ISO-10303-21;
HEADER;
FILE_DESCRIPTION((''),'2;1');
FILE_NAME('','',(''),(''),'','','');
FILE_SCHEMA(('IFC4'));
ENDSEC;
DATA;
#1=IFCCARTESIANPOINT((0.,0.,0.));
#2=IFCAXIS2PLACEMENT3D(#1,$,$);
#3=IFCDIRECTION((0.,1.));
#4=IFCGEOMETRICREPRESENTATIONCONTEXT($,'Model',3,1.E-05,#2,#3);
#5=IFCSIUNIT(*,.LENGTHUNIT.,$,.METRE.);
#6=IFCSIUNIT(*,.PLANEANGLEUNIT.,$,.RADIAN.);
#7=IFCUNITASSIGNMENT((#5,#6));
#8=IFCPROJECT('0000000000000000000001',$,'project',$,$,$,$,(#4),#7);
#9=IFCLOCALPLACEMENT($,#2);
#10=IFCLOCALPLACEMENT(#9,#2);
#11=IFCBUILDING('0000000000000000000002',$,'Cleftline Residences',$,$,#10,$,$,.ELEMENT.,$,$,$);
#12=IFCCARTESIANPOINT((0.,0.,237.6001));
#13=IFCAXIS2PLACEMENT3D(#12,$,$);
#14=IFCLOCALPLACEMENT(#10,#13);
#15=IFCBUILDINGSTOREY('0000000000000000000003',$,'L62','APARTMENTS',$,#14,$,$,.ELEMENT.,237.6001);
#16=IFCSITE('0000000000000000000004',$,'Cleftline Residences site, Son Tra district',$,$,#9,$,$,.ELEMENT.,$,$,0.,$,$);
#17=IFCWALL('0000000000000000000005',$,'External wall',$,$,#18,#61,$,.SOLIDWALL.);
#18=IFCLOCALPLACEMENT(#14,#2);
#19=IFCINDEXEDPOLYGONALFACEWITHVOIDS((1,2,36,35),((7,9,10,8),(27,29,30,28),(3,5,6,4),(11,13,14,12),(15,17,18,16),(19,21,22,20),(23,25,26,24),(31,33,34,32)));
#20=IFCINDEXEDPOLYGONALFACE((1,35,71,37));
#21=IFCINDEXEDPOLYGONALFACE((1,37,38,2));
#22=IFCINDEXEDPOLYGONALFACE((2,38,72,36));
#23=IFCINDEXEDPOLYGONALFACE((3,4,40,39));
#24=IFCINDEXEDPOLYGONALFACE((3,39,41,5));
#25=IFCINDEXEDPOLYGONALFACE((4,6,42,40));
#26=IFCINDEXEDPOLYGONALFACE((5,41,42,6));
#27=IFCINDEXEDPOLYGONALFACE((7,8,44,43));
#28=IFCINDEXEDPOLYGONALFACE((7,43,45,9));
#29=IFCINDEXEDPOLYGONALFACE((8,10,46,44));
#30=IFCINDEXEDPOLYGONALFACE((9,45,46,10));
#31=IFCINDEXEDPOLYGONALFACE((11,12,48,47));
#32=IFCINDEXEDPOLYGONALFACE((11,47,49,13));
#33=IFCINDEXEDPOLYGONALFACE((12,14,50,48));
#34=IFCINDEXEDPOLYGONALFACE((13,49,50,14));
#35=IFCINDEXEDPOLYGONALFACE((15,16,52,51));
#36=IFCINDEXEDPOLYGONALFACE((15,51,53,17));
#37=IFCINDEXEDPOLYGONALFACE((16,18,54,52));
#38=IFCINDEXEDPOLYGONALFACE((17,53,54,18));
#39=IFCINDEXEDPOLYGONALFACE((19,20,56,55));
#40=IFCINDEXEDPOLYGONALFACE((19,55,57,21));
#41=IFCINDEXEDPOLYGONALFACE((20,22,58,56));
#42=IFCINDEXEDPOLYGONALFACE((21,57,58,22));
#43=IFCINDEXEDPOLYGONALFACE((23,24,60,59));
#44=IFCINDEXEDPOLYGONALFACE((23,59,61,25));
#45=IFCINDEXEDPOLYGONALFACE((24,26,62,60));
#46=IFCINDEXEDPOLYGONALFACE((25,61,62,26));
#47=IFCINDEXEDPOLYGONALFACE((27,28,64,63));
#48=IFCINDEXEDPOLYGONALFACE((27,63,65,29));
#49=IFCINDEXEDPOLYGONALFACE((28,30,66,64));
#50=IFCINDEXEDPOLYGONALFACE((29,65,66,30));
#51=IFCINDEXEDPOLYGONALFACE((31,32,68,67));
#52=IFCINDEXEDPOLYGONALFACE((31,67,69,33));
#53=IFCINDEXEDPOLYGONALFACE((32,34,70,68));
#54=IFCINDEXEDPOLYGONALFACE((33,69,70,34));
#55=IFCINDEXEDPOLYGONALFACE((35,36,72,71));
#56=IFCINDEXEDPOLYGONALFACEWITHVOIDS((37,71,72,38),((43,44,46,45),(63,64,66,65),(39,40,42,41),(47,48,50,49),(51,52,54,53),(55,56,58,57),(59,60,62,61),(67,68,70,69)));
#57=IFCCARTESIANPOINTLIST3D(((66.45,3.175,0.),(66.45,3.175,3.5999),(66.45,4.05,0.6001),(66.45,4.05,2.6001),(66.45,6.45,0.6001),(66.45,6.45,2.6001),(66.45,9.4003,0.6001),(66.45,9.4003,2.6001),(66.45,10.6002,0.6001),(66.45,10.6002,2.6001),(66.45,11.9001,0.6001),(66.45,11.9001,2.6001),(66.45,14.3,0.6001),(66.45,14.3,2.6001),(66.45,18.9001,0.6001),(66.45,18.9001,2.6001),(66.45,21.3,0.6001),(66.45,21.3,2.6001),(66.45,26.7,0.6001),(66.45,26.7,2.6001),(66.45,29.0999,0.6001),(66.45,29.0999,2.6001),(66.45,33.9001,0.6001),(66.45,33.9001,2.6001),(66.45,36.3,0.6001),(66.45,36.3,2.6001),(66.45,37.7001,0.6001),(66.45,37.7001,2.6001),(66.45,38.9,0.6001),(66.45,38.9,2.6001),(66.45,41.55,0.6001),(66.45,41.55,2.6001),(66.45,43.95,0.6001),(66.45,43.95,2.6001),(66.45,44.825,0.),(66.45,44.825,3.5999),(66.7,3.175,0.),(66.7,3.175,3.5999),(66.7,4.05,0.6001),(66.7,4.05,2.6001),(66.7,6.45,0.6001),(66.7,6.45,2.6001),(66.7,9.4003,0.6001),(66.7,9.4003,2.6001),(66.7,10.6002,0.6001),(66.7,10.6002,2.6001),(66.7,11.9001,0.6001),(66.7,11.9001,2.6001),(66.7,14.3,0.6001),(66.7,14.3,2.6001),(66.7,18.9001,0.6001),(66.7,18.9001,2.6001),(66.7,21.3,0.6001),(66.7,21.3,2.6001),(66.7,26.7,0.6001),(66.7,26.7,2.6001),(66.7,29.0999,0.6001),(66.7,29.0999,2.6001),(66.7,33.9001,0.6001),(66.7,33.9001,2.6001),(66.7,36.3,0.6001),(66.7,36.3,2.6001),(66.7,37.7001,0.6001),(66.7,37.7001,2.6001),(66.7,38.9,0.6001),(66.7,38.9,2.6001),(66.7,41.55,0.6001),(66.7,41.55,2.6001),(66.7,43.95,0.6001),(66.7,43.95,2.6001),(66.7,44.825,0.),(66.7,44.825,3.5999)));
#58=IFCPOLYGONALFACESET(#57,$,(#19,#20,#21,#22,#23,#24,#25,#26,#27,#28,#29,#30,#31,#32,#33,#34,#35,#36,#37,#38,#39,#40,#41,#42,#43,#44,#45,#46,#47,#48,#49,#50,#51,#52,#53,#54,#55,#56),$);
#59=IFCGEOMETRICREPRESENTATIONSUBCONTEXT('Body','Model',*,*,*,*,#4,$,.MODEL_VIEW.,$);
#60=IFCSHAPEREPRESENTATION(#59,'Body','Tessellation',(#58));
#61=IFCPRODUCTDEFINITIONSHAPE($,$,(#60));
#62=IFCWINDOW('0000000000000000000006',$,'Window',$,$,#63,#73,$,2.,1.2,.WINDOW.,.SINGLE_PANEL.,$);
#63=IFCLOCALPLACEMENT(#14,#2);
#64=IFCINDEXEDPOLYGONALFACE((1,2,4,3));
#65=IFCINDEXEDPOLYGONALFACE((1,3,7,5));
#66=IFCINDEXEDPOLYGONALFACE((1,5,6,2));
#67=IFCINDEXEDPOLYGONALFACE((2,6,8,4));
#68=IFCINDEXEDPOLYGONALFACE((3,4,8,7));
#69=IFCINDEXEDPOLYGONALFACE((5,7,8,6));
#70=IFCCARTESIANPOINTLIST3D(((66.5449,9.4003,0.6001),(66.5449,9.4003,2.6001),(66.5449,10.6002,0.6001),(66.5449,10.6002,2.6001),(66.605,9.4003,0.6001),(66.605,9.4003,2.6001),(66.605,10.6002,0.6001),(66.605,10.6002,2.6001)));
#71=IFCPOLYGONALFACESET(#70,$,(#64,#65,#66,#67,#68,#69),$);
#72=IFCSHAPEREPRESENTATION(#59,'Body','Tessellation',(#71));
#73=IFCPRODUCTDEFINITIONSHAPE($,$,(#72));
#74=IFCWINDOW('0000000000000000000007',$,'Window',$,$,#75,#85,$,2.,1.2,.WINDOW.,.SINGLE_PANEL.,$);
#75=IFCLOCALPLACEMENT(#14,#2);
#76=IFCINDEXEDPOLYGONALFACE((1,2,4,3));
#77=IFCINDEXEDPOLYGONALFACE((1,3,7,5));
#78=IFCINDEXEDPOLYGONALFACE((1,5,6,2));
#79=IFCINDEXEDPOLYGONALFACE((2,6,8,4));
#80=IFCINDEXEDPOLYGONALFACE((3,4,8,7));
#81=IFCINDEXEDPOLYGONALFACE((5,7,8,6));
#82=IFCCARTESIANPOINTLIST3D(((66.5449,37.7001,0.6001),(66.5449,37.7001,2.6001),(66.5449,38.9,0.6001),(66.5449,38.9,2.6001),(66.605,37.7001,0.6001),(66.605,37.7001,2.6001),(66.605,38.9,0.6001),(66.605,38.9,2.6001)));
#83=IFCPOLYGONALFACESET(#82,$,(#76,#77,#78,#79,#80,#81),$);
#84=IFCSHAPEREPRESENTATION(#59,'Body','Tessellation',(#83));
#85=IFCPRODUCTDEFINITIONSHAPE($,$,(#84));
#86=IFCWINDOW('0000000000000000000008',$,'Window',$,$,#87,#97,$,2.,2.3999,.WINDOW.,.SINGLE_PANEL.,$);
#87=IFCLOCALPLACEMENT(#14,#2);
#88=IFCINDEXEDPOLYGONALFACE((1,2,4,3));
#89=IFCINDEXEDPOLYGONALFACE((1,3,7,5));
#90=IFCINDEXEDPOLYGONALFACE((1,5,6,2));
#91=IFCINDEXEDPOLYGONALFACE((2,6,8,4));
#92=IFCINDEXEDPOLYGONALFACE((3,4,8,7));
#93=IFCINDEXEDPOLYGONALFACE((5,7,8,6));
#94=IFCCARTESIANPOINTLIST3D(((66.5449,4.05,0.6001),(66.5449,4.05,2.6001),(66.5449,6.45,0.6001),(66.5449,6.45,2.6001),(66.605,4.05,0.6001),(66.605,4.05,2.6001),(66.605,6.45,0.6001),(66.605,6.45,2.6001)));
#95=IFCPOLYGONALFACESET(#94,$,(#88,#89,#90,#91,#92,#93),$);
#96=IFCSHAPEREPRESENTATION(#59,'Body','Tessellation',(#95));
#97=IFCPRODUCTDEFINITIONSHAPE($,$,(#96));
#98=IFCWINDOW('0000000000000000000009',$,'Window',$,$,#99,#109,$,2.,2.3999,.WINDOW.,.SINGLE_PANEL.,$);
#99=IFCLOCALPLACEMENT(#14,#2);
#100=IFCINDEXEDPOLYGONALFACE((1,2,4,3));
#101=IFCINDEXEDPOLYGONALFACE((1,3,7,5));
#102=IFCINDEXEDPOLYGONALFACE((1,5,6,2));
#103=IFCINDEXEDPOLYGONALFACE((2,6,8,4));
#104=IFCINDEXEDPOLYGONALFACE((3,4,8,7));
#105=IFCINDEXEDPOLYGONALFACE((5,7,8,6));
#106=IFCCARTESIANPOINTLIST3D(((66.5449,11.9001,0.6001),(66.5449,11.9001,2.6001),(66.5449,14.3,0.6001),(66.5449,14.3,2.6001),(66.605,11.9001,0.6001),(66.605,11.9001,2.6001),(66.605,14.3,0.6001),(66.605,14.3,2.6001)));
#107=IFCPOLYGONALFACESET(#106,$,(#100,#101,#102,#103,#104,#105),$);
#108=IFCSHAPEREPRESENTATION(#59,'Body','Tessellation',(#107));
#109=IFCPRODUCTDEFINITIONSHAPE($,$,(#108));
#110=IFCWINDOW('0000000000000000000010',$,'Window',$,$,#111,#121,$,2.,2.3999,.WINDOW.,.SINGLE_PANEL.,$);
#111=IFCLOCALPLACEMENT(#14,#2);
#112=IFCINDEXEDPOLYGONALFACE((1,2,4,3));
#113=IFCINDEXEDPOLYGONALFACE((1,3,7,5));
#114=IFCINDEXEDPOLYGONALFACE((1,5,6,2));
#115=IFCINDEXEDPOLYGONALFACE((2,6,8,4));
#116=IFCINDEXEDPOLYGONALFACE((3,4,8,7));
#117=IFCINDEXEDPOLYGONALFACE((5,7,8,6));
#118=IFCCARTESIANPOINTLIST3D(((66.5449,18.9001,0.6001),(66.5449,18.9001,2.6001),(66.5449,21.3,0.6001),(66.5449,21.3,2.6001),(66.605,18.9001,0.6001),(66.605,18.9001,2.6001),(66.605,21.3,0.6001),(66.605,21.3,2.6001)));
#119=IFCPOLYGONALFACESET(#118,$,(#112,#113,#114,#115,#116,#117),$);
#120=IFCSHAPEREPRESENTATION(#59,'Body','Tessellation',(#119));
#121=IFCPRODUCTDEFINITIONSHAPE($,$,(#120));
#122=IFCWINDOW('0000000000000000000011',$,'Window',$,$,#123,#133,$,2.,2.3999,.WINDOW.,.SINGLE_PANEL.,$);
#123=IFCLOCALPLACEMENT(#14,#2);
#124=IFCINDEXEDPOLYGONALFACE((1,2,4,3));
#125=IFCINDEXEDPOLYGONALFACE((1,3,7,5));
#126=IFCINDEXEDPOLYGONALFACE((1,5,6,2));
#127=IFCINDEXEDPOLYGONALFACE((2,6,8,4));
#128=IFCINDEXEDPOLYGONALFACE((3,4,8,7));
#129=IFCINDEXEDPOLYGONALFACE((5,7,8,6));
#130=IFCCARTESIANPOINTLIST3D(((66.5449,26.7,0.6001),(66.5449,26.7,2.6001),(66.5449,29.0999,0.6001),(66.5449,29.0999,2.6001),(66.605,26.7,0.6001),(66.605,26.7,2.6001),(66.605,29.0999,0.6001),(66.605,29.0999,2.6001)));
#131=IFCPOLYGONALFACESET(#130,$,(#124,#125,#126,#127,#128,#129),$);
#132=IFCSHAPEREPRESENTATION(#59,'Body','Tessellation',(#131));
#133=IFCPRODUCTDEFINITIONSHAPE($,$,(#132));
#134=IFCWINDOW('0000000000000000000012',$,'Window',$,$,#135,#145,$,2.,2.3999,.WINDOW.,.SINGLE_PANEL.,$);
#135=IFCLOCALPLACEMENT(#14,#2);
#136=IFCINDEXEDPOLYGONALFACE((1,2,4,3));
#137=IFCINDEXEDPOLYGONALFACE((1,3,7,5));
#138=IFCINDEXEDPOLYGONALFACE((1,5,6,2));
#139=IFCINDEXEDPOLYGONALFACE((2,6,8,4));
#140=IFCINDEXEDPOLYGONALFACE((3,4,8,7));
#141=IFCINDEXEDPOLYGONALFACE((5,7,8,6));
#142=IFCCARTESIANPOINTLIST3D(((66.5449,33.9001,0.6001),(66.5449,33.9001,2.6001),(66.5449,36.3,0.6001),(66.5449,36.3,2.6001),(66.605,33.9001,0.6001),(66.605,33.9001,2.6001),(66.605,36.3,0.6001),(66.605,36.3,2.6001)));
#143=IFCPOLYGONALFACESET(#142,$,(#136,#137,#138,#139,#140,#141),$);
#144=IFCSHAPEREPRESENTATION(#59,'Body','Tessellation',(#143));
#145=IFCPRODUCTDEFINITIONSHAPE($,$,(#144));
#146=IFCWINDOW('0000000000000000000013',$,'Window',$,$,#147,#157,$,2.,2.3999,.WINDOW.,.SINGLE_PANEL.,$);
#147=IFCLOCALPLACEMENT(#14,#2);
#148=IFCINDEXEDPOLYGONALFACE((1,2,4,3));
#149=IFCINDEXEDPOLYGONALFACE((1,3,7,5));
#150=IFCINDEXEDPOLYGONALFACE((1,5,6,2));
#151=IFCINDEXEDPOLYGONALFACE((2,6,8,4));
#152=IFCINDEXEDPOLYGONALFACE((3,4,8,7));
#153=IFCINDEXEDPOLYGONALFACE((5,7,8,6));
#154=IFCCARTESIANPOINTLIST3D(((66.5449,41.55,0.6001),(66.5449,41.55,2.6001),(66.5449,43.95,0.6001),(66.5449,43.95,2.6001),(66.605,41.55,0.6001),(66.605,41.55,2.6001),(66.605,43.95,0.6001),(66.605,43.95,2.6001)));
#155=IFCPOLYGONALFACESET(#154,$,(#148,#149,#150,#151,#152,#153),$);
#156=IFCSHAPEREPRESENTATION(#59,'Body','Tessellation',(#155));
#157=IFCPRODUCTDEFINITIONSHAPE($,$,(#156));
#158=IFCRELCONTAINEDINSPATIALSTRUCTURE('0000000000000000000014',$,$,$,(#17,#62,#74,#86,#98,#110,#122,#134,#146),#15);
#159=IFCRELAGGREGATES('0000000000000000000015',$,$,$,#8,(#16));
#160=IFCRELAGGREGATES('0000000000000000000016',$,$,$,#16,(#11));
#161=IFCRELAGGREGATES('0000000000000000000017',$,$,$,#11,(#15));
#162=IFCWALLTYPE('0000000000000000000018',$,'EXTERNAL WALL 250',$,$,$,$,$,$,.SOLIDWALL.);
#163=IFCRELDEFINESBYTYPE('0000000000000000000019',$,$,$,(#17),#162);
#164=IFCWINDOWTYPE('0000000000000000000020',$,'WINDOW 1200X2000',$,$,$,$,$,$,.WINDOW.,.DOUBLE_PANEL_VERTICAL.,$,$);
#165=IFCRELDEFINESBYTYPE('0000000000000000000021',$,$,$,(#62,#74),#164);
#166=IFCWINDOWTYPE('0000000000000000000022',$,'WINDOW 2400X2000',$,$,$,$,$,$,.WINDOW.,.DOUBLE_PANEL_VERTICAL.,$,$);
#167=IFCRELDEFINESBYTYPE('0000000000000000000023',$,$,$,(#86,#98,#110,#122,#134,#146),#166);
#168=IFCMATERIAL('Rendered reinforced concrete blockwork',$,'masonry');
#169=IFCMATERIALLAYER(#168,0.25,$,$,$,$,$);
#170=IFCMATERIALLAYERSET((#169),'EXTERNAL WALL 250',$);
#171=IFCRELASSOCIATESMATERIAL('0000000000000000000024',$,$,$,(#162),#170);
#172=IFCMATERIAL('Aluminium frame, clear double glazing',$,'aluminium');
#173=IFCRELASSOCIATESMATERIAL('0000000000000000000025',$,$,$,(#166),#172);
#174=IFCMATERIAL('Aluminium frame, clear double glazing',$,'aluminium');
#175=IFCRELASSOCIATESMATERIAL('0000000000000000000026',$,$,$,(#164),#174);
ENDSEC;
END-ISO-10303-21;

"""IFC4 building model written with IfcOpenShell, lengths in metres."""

from ifc_helpers import new_model, si_unit, direction, frame, frame_2d, origin, place, context, subcontext, project, spatial, rectangle, extrude, material, layer, layer_set, type_object, element, fill, save


model = new_model("IFC4")

# Units and contexts
model_context = context("Model", 3, precision=1e-05, world=origin(), true_north=direction((0.0, 1.0)))
body_context = subcontext(model_context, "Body", "Model", "MODEL_VIEW")
ifc_project = project(units=[si_unit("LENGTHUNIT", "METRE"), si_unit("PLANEANGLEUNIT", "RADIAN")], contexts=[model_context])

# Site, building, storey
site_placement = place(None, origin())
site = spatial("IfcSite", under=ifc_project, at=site_placement, Name="Cleftline Residences site, Son Tra district", CompositionType="ELEMENT", RefElevation=0.0)
building_placement = place(site_placement, origin())
building = spatial("IfcBuilding", under=site, at=building_placement, Name="Cleftline Residences", CompositionType="ELEMENT")
storey_placement = place(building_placement, frame((0.0, 0.0, 237.6001)))
storey = spatial("IfcBuildingStorey", under=building, at=storey_placement, Name="L62", Description="APARTMENTS", CompositionType="ELEMENT", Elevation=237.6001)

# Shared definitions
ifc_material_1 = material(Name="Rendered reinforced concrete blockwork", Category="masonry")
ifc_layer_1 = layer(ifc_material_1, 0.25)
ifc_layer_set_1 = layer_set([ifc_layer_1], Name="EXTERNAL WALL 250")
wall_type_1 = type_object("IfcWallType", Name="EXTERNAL WALL 250", PredefinedType="SOLIDWALL", material=ifc_layer_set_1)
ifc_material_2 = material(Name="Aluminium frame, clear double glazing", Category="aluminium")
window_type_1 = type_object("IfcWindowType", Name="WINDOW 2400X2000", PartitioningType="DOUBLE_PANEL_VERTICAL", PredefinedType="WINDOW", material=ifc_material_2)

# Wall, openings, windows
wall_1_placement = place(storey_placement, frame((66.575, 3.175, 0.0), z_axis=(0.0, 0.0, 1.0), x_axis=(0.0, 1.0, 0.0)))
wall_1 = element("IfcWall", 1, at=wall_1_placement, inside=storey, type_object=wall_type_1, Name="External wall", PredefinedType="SOLIDWALL", context=body_context, shape_type="SweptSolid", body=[
    extrude(rectangle(XDim=41.6499, YDim=0.25, at=frame_2d((20.825, 0.0))), origin(), (0.0, 0.0, 1.0), 3.5999),
])
opening_1_placement = place(wall_1_placement, frame((0.875, 0.0, 0.6001)))
opening_1 = element("IfcOpeningElement", 2, at=opening_1_placement, cuts=wall_1, PredefinedType="OPENING", context=body_context, shape_type="SweptSolid", body=[
    extrude(rectangle(XDim=2.3999, YDim=2.0, at=frame_2d((1.2, 1.0))), frame((0.0, 0.135, 0.0), z_axis=(0.0, -1.0, 0.0), x_axis=(1.0, 0.0, 0.0)), (0.0, 0.0, 1.0), 0.27),
])
opening_2_placement = place(wall_1_placement, frame((6.2251, 0.0, 0.6001)))
opening_2 = element("IfcOpeningElement", 3, at=opening_2_placement, cuts=wall_1, PredefinedType="OPENING", context=body_context, shape_type="SweptSolid", body=[
    extrude(rectangle(XDim=1.2, YDim=2.0, at=frame_2d((0.6001, 1.0))), frame((0.0, 0.135, 0.0), z_axis=(0.0, -1.0, 0.0), x_axis=(1.0, 0.0, 0.0)), (0.0, 0.0, 1.0), 0.27),
])
opening_3_placement = place(wall_1_placement, frame((8.7251, 0.0, 0.6001)))
opening_3 = element("IfcOpeningElement", 4, at=opening_3_placement, cuts=wall_1, PredefinedType="OPENING", context=body_context, shape_type="SweptSolid", body=[
    extrude(rectangle(XDim=2.3999, YDim=2.0, at=frame_2d((1.2, 1.0))), frame((0.0, 0.135, 0.0), z_axis=(0.0, -1.0, 0.0), x_axis=(1.0, 0.0, 0.0)), (0.0, 0.0, 1.0), 0.27),
])
opening_4_placement = place(wall_1_placement, frame((15.7251, 0.0, 0.6001)))
opening_4 = element("IfcOpeningElement", 5, at=opening_4_placement, cuts=wall_1, PredefinedType="OPENING", context=body_context, shape_type="SweptSolid", body=[
    extrude(rectangle(XDim=2.3999, YDim=2.0, at=frame_2d((1.2, 1.0))), frame((0.0, 0.135, 0.0), z_axis=(0.0, -1.0, 0.0), x_axis=(1.0, 0.0, 0.0)), (0.0, 0.0, 1.0), 0.27),
])
opening_5_placement = place(wall_1_placement, frame((23.5249, 0.0, 0.6001)))
opening_5 = element("IfcOpeningElement", 6, at=opening_5_placement, cuts=wall_1, PredefinedType="OPENING", context=body_context, shape_type="SweptSolid", body=[
    extrude(rectangle(XDim=2.3999, YDim=2.0, at=frame_2d((1.2, 1.0))), frame((0.0, 0.135, 0.0), z_axis=(0.0, -1.0, 0.0), x_axis=(1.0, 0.0, 0.0)), (0.0, 0.0, 1.0), 0.27),
])
opening_6_placement = place(wall_1_placement, frame((30.7251, 0.0, 0.6001)))
opening_6 = element("IfcOpeningElement", 7, at=opening_6_placement, cuts=wall_1, PredefinedType="OPENING", context=body_context, shape_type="SweptSolid", body=[
    extrude(rectangle(XDim=2.3999, YDim=2.0, at=frame_2d((1.2, 1.0))), frame((0.0, 0.135, 0.0), z_axis=(0.0, -1.0, 0.0), x_axis=(1.0, 0.0, 0.0)), (0.0, 0.0, 1.0), 0.27),
])
opening_7_placement = place(wall_1_placement, frame((34.5249, 0.0, 0.6001)))
opening_7 = element("IfcOpeningElement", 8, at=opening_7_placement, cuts=wall_1, PredefinedType="OPENING", context=body_context, shape_type="SweptSolid", body=[
    extrude(rectangle(XDim=1.2, YDim=2.0, at=frame_2d((0.6001, 1.0))), frame((0.0, 0.135, 0.0), z_axis=(0.0, -1.0, 0.0), x_axis=(1.0, 0.0, 0.0)), (0.0, 0.0, 1.0), 0.27),
])
opening_8_placement = place(wall_1_placement, frame((38.375, 0.0, 0.6001)))
opening_8 = element("IfcOpeningElement", 9, at=opening_8_placement, cuts=wall_1, PredefinedType="OPENING", context=body_context, shape_type="SweptSolid", body=[
    extrude(rectangle(XDim=2.3999, YDim=2.0, at=frame_2d((1.2, 1.0))), frame((0.0, 0.135, 0.0), z_axis=(0.0, -1.0, 0.0), x_axis=(1.0, 0.0, 0.0)), (0.0, 0.0, 1.0), 0.27),
])
ifc_material_3 = material(Name="Aluminium frame, clear double glazing", Category="aluminium")
window_type_2 = type_object("IfcWindowType", Name="WINDOW 1200X2000", PartitioningType="DOUBLE_PANEL_VERTICAL", PredefinedType="WINDOW", material=ifc_material_3)
window_1_placement = place(opening_2_placement, origin())
window_1 = element("IfcWindow", 10, at=window_1_placement, inside=storey, type_object=window_type_2, Name="Window", OverallHeight=2.0, OverallWidth=1.2, PartitioningType="SINGLE_PANEL", PredefinedType="WINDOW", context=body_context, shape_type="SweptSolid", body=[
    extrude(rectangle(XDim=1.2, YDim=2.0, at=frame_2d((0.6001, 1.0))), frame((0.0, 0.03, 0.0), z_axis=(0.0, -1.0, 0.0), x_axis=(1.0, 0.0, 0.0)), (0.0, 0.0, 1.0), 0.0601),
])
fill(opening_2, window_1)
window_2_placement = place(opening_7_placement, origin())
window_2 = element("IfcWindow", 11, at=window_2_placement, inside=storey, type_object=window_type_2, Name="Window", OverallHeight=2.0, OverallWidth=1.2, PartitioningType="SINGLE_PANEL", PredefinedType="WINDOW", context=body_context, shape_type="SweptSolid", body=[
    extrude(rectangle(XDim=1.2, YDim=2.0, at=frame_2d((0.6001, 1.0))), frame((0.0, 0.03, 0.0), z_axis=(0.0, -1.0, 0.0), x_axis=(1.0, 0.0, 0.0)), (0.0, 0.0, 1.0), 0.0601),
])
fill(opening_7, window_2)
window_3_placement = place(opening_1_placement, origin())
window_3 = element("IfcWindow", 12, at=window_3_placement, inside=storey, type_object=window_type_1, Name="Window", OverallHeight=2.0, OverallWidth=2.3999, PartitioningType="SINGLE_PANEL", PredefinedType="WINDOW", context=body_context, shape_type="SweptSolid", body=[
    extrude(rectangle(XDim=2.3999, YDim=2.0, at=frame_2d((1.2, 1.0))), frame((0.0, 0.03, 0.0), z_axis=(0.0, -1.0, 0.0), x_axis=(1.0, 0.0, 0.0)), (0.0, 0.0, 1.0), 0.0601),
])
fill(opening_1, window_3)
window_4_placement = place(opening_3_placement, origin())
window_4 = element("IfcWindow", 13, at=window_4_placement, inside=storey, type_object=window_type_1, Name="Window", OverallHeight=2.0, OverallWidth=2.3999, PartitioningType="SINGLE_PANEL", PredefinedType="WINDOW", context=body_context, shape_type="SweptSolid", body=[
    extrude(rectangle(XDim=2.3999, YDim=2.0, at=frame_2d((1.2, 1.0))), frame((0.0, 0.03, 0.0), z_axis=(0.0, -1.0, 0.0), x_axis=(1.0, 0.0, 0.0)), (0.0, 0.0, 1.0), 0.0601),
])
fill(opening_3, window_4)
window_5_placement = place(opening_4_placement, origin())
window_5 = element("IfcWindow", 14, at=window_5_placement, inside=storey, type_object=window_type_1, Name="Window", OverallHeight=2.0, OverallWidth=2.3999, PartitioningType="SINGLE_PANEL", PredefinedType="WINDOW", context=body_context, shape_type="SweptSolid", body=[
    extrude(rectangle(XDim=2.3999, YDim=2.0, at=frame_2d((1.2, 1.0))), frame((0.0, 0.03, 0.0), z_axis=(0.0, -1.0, 0.0), x_axis=(1.0, 0.0, 0.0)), (0.0, 0.0, 1.0), 0.0601),
])
fill(opening_4, window_5)
window_6_placement = place(opening_5_placement, origin())
window_6 = element("IfcWindow", 15, at=window_6_placement, inside=storey, type_object=window_type_1, Name="Window", OverallHeight=2.0, OverallWidth=2.3999, PartitioningType="SINGLE_PANEL", PredefinedType="WINDOW", context=body_context, shape_type="SweptSolid", body=[
    extrude(rectangle(XDim=2.3999, YDim=2.0, at=frame_2d((1.2, 1.0))), frame((0.0, 0.03, 0.0), z_axis=(0.0, -1.0, 0.0), x_axis=(1.0, 0.0, 0.0)), (0.0, 0.0, 1.0), 0.0601),
])
fill(opening_5, window_6)
window_7_placement = place(opening_6_placement, origin())
window_7 = element("IfcWindow", 16, at=window_7_placement, inside=storey, type_object=window_type_1, Name="Window", OverallHeight=2.0, OverallWidth=2.3999, PartitioningType="SINGLE_PANEL", PredefinedType="WINDOW", context=body_context, shape_type="SweptSolid", body=[
    extrude(rectangle(XDim=2.3999, YDim=2.0, at=frame_2d((1.2, 1.0))), frame((0.0, 0.03, 0.0), z_axis=(0.0, -1.0, 0.0), x_axis=(1.0, 0.0, 0.0)), (0.0, 0.0, 1.0), 0.0601),
])
fill(opening_6, window_7)
window_8_placement = place(opening_8_placement, origin())
window_8 = element("IfcWindow", 17, at=window_8_placement, inside=storey, type_object=window_type_1, Name="Window", OverallHeight=2.0, OverallWidth=2.3999, PartitioningType="SINGLE_PANEL", PredefinedType="WINDOW", context=body_context, shape_type="SweptSolid", body=[
    extrude(rectangle(XDim=2.3999, YDim=2.0, at=frame_2d((1.2, 1.0))), frame((0.0, 0.03, 0.0), z_axis=(0.0, -1.0, 0.0), x_axis=(1.0, 0.0, 0.0)), (0.0, 0.0, 1.0), 0.0601),
])
fill(opening_8, window_8)

save(model, "model.ifc")
